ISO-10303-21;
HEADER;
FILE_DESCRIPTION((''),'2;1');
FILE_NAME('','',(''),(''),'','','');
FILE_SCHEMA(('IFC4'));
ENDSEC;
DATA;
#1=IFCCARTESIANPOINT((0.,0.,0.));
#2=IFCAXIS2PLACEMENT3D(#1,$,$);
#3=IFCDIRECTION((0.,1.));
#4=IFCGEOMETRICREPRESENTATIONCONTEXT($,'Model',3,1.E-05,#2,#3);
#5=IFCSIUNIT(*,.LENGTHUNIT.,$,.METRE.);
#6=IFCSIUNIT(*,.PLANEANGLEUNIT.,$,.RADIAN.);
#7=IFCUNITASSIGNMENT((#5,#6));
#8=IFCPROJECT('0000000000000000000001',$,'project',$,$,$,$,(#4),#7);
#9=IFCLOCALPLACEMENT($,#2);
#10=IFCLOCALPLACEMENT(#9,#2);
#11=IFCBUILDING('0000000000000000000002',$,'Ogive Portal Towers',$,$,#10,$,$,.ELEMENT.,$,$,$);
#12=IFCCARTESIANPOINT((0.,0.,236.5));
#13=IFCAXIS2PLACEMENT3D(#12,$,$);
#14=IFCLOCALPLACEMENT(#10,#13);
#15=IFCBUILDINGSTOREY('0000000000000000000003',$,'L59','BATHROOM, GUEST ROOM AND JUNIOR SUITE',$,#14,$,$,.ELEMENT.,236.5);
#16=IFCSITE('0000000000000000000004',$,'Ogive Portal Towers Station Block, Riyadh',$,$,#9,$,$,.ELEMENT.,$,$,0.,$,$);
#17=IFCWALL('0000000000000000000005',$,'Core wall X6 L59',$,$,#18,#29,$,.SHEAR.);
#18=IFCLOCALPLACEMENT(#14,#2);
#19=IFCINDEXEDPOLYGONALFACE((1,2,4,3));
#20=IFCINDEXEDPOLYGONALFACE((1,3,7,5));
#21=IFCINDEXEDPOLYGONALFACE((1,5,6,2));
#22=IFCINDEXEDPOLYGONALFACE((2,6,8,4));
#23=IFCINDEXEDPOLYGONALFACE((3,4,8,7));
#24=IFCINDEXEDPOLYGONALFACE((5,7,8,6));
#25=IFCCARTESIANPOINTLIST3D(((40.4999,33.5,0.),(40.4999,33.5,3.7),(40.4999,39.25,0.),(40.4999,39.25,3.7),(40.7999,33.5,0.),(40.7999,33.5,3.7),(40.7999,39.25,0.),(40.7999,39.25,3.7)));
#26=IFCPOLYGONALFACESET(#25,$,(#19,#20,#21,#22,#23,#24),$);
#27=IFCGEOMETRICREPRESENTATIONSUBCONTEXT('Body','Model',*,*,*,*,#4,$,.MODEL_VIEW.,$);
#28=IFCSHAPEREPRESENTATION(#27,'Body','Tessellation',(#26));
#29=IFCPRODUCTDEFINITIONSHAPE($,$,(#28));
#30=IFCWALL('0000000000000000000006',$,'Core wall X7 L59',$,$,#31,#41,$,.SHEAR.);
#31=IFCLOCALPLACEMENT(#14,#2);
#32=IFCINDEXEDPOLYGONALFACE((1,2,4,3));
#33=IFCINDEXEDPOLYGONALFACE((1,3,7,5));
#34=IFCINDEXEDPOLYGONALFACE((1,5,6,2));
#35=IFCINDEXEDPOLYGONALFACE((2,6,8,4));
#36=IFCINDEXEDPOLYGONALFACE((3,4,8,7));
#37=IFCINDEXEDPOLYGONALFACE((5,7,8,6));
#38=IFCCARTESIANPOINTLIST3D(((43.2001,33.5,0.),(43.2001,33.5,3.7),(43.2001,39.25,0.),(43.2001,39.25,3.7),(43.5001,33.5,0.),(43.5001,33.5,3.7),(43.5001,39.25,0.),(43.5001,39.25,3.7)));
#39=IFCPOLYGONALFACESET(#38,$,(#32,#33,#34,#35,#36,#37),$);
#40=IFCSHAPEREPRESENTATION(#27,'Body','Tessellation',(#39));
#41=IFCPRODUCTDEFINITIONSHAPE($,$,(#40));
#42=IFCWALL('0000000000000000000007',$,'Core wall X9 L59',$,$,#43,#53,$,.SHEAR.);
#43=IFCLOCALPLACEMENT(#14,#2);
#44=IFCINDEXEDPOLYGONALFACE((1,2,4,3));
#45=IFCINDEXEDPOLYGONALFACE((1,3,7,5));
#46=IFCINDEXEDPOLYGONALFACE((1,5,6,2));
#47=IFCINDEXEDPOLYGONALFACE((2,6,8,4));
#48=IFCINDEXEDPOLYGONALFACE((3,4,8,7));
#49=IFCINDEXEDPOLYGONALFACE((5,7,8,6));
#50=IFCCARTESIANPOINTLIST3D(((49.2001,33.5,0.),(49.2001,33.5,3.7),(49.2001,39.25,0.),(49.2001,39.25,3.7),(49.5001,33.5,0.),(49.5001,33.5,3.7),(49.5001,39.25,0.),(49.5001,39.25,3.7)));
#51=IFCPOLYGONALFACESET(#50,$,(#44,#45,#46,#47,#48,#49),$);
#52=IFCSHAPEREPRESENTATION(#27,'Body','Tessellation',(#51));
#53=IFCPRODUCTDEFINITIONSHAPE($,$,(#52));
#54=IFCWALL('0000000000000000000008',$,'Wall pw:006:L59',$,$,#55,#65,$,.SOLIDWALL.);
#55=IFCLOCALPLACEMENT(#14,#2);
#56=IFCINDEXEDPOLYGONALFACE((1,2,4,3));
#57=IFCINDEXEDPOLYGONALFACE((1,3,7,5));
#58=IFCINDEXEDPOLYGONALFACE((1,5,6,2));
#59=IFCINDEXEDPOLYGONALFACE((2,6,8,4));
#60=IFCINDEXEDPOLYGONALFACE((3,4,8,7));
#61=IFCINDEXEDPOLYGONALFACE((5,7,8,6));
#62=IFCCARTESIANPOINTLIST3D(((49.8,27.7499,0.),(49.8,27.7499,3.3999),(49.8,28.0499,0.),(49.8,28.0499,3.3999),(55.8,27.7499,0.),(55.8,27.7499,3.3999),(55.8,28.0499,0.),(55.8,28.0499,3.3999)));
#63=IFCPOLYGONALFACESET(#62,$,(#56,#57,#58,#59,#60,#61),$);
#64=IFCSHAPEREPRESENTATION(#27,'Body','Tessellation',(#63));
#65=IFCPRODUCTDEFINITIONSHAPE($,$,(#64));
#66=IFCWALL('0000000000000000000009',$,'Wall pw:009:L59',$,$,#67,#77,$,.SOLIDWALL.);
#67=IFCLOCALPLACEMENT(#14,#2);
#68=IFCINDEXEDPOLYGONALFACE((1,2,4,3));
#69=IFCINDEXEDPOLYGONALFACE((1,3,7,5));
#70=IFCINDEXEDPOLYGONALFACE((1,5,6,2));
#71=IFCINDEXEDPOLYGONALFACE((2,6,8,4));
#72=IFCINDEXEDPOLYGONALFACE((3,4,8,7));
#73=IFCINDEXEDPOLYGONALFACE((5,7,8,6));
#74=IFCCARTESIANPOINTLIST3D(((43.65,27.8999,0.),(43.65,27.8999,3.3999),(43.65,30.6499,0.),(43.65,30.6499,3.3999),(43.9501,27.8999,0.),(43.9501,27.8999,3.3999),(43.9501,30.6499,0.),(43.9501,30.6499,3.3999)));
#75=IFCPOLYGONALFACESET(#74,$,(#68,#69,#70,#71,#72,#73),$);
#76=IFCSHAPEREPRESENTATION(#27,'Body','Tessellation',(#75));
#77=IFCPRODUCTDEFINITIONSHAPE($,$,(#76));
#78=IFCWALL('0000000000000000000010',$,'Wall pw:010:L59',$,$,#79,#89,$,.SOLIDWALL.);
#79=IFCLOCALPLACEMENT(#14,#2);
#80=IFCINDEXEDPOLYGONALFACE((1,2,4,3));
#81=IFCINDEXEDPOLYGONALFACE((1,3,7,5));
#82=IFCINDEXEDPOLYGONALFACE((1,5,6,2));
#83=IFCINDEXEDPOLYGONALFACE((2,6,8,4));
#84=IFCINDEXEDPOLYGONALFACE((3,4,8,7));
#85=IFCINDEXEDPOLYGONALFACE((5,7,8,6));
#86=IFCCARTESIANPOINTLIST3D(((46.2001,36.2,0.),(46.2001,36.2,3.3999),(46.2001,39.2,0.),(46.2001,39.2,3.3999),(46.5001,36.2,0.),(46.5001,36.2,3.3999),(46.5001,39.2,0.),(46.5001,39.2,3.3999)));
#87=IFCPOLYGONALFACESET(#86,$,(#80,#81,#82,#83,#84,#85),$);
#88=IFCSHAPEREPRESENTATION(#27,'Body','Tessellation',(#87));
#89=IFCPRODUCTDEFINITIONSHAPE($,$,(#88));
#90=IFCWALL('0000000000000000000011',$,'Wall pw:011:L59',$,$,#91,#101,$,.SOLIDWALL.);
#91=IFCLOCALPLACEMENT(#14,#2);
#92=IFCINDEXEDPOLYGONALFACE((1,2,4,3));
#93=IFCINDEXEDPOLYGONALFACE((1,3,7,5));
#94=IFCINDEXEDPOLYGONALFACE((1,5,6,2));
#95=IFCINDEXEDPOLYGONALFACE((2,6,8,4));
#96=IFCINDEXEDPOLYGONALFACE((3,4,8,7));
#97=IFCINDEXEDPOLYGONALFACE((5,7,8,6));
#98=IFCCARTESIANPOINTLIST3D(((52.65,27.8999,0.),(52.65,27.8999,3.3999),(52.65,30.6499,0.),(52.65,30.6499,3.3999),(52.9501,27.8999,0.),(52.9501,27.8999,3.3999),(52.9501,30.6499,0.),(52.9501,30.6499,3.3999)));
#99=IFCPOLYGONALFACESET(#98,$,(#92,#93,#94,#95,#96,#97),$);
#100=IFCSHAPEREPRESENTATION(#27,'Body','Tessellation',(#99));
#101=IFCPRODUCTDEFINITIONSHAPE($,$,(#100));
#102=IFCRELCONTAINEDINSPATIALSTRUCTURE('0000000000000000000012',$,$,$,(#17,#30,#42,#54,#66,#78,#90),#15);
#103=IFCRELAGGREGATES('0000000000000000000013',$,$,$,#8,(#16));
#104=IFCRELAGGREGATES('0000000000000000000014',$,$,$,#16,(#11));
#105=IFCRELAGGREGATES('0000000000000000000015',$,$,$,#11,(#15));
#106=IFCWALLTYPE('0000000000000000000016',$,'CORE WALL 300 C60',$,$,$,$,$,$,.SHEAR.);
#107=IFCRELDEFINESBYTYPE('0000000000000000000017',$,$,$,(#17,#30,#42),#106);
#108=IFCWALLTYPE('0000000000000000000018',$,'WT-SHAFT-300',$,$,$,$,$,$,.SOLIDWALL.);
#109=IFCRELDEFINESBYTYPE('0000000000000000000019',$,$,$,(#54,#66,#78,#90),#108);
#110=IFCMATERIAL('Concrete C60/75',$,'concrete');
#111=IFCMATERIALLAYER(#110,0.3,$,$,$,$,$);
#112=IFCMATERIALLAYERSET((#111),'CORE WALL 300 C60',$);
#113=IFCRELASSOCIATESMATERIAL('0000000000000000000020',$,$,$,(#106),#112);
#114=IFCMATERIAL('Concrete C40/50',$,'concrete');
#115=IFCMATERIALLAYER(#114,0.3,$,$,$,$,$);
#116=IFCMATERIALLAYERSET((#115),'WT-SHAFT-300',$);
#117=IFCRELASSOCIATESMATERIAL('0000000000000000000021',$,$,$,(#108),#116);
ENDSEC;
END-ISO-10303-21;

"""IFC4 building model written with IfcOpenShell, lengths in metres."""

from ifc_helpers import new_model, si_unit, direction, frame, frame_2d, origin, place, context, subcontext, project, spatial, rectangle, extrude, material, layer, layer_set, type_object, element, save


model = new_model("IFC4")

# Units and contexts
model_context = context("Model", 3, precision=1e-05, world=origin(), true_north=direction((0.0, 1.0)))
body_context = subcontext(model_context, "Body", "Model", "MODEL_VIEW")
ifc_project = project(units=[si_unit("LENGTHUNIT", "METRE"), si_unit("PLANEANGLEUNIT", "RADIAN")], contexts=[model_context])

# Site, building, storey
site_placement = place(None, origin())
site = spatial("IfcSite", under=ifc_project, at=site_placement, Name="Ogive Portal Towers Station Block, Riyadh", CompositionType="ELEMENT", RefElevation=0.0)
building_placement = place(site_placement, origin())
building = spatial("IfcBuilding", under=site, at=building_placement, Name="Ogive Portal Towers", CompositionType="ELEMENT")
storey_placement = place(building_placement, frame((0.0, 0.0, 236.5)))
storey = spatial("IfcBuildingStorey", under=building, at=storey_placement, Name="L59", Description="BATHROOM, GUEST ROOM AND JUNIOR SUITE", CompositionType="ELEMENT", Elevation=236.5)

# Shared definitions
ifc_material_1 = material(Name="Concrete C60/75", Category="concrete")
ifc_layer_1 = layer(ifc_material_1, 0.3)
ifc_layer_set_1 = layer_set([ifc_layer_1], Name="CORE WALL 300 C60")
wall_type_1 = type_object("IfcWallType", Name="CORE WALL 300 C60", PredefinedType="SHEAR", material=ifc_layer_set_1)

# Walls
for number, where, z_axis, x_axis, name in (
    (1, (40.6499, 33.5, 0.0), (0.0, 0.0, 1.0), (0.0, 1.0, 0.0), "Core wall X6 L59"),
    (2, (43.3501, 33.5, 0.0), (0.0, 0.0, 1.0), (0.0, 1.0, 0.0), "Core wall X7 L59"),
    (3, (49.3501, 33.5, 0.0), (0.0, 0.0, 1.0), (0.0, 1.0, 0.0), "Core wall X9 L59"),
):
    element("IfcWall", number, at=place(storey_placement, frame(where, z_axis=z_axis, x_axis=x_axis)), inside=storey, type_object=wall_type_1, Name=name, PredefinedType="SHEAR", context=body_context, shape_type="SweptSolid", body=[
        extrude(rectangle(XDim=5.75, YDim=0.3, at=frame_2d((2.875, 0.0))), origin(), (0.0, 0.0, 1.0), 3.7),
    ])
ifc_material_2 = material(Name="Concrete C40/50", Category="concrete")
ifc_layer_2 = layer(ifc_material_2, 0.3)
ifc_layer_set_2 = layer_set([ifc_layer_2], Name="WT-SHAFT-300")
wall_type_2 = type_object("IfcWallType", Name="WT-SHAFT-300", PredefinedType="SOLIDWALL", material=ifc_layer_set_2)
wall_1_placement = place(storey_placement, frame((49.8, 27.8999, 0.0), z_axis=(0.0, 0.0, 1.0), x_axis=(1.0, 0.0, 0.0)))
element("IfcWall", 4, at=wall_1_placement, inside=storey, type_object=wall_type_2, Name="Wall pw:006:L59", PredefinedType="SOLIDWALL", context=body_context, shape_type="SweptSolid", body=[
    extrude(rectangle(XDim=6.0, YDim=0.3, at=frame_2d((3.0, 0.0))), origin(), (0.0, 0.0, 1.0), 3.3999),
])
wall_2_placement = place(storey_placement, frame((43.8, 27.8999, 0.0), z_axis=(0.0, 0.0, 1.0), x_axis=(0.0, 1.0, 0.0)))
element("IfcWall", 5, at=wall_2_placement, inside=storey, type_object=wall_type_2, Name="Wall pw:009:L59", PredefinedType="SOLIDWALL", context=body_context, shape_type="SweptSolid", body=[
    extrude(rectangle(XDim=2.75, YDim=0.3, at=frame_2d((1.375, 0.0))), origin(), (0.0, 0.0, 1.0), 3.3999),
])
wall_3_placement = place(storey_placement, frame((46.3501, 36.2, 0.0), z_axis=(0.0, 0.0, 1.0), x_axis=(0.0, 1.0, 0.0)))
element("IfcWall", 6, at=wall_3_placement, inside=storey, type_object=wall_type_2, Name="Wall pw:010:L59", PredefinedType="SOLIDWALL", context=body_context, shape_type="SweptSolid", body=[
    extrude(rectangle(XDim=3.0, YDim=0.3, at=frame_2d((1.5, 0.0))), origin(), (0.0, 0.0, 1.0), 3.3999),
])
wall_4_placement = place(storey_placement, frame((52.8, 27.8999, 0.0), z_axis=(0.0, 0.0, 1.0), x_axis=(0.0, 1.0, 0.0)))
element("IfcWall", 7, at=wall_4_placement, inside=storey, type_object=wall_type_2, Name="Wall pw:011:L59", PredefinedType="SOLIDWALL", context=body_context, shape_type="SweptSolid", body=[
    extrude(rectangle(XDim=2.75, YDim=0.3, at=frame_2d((1.375, 0.0))), origin(), (0.0, 0.0, 1.0), 3.3999),
])

save(model, "model.ifc")
